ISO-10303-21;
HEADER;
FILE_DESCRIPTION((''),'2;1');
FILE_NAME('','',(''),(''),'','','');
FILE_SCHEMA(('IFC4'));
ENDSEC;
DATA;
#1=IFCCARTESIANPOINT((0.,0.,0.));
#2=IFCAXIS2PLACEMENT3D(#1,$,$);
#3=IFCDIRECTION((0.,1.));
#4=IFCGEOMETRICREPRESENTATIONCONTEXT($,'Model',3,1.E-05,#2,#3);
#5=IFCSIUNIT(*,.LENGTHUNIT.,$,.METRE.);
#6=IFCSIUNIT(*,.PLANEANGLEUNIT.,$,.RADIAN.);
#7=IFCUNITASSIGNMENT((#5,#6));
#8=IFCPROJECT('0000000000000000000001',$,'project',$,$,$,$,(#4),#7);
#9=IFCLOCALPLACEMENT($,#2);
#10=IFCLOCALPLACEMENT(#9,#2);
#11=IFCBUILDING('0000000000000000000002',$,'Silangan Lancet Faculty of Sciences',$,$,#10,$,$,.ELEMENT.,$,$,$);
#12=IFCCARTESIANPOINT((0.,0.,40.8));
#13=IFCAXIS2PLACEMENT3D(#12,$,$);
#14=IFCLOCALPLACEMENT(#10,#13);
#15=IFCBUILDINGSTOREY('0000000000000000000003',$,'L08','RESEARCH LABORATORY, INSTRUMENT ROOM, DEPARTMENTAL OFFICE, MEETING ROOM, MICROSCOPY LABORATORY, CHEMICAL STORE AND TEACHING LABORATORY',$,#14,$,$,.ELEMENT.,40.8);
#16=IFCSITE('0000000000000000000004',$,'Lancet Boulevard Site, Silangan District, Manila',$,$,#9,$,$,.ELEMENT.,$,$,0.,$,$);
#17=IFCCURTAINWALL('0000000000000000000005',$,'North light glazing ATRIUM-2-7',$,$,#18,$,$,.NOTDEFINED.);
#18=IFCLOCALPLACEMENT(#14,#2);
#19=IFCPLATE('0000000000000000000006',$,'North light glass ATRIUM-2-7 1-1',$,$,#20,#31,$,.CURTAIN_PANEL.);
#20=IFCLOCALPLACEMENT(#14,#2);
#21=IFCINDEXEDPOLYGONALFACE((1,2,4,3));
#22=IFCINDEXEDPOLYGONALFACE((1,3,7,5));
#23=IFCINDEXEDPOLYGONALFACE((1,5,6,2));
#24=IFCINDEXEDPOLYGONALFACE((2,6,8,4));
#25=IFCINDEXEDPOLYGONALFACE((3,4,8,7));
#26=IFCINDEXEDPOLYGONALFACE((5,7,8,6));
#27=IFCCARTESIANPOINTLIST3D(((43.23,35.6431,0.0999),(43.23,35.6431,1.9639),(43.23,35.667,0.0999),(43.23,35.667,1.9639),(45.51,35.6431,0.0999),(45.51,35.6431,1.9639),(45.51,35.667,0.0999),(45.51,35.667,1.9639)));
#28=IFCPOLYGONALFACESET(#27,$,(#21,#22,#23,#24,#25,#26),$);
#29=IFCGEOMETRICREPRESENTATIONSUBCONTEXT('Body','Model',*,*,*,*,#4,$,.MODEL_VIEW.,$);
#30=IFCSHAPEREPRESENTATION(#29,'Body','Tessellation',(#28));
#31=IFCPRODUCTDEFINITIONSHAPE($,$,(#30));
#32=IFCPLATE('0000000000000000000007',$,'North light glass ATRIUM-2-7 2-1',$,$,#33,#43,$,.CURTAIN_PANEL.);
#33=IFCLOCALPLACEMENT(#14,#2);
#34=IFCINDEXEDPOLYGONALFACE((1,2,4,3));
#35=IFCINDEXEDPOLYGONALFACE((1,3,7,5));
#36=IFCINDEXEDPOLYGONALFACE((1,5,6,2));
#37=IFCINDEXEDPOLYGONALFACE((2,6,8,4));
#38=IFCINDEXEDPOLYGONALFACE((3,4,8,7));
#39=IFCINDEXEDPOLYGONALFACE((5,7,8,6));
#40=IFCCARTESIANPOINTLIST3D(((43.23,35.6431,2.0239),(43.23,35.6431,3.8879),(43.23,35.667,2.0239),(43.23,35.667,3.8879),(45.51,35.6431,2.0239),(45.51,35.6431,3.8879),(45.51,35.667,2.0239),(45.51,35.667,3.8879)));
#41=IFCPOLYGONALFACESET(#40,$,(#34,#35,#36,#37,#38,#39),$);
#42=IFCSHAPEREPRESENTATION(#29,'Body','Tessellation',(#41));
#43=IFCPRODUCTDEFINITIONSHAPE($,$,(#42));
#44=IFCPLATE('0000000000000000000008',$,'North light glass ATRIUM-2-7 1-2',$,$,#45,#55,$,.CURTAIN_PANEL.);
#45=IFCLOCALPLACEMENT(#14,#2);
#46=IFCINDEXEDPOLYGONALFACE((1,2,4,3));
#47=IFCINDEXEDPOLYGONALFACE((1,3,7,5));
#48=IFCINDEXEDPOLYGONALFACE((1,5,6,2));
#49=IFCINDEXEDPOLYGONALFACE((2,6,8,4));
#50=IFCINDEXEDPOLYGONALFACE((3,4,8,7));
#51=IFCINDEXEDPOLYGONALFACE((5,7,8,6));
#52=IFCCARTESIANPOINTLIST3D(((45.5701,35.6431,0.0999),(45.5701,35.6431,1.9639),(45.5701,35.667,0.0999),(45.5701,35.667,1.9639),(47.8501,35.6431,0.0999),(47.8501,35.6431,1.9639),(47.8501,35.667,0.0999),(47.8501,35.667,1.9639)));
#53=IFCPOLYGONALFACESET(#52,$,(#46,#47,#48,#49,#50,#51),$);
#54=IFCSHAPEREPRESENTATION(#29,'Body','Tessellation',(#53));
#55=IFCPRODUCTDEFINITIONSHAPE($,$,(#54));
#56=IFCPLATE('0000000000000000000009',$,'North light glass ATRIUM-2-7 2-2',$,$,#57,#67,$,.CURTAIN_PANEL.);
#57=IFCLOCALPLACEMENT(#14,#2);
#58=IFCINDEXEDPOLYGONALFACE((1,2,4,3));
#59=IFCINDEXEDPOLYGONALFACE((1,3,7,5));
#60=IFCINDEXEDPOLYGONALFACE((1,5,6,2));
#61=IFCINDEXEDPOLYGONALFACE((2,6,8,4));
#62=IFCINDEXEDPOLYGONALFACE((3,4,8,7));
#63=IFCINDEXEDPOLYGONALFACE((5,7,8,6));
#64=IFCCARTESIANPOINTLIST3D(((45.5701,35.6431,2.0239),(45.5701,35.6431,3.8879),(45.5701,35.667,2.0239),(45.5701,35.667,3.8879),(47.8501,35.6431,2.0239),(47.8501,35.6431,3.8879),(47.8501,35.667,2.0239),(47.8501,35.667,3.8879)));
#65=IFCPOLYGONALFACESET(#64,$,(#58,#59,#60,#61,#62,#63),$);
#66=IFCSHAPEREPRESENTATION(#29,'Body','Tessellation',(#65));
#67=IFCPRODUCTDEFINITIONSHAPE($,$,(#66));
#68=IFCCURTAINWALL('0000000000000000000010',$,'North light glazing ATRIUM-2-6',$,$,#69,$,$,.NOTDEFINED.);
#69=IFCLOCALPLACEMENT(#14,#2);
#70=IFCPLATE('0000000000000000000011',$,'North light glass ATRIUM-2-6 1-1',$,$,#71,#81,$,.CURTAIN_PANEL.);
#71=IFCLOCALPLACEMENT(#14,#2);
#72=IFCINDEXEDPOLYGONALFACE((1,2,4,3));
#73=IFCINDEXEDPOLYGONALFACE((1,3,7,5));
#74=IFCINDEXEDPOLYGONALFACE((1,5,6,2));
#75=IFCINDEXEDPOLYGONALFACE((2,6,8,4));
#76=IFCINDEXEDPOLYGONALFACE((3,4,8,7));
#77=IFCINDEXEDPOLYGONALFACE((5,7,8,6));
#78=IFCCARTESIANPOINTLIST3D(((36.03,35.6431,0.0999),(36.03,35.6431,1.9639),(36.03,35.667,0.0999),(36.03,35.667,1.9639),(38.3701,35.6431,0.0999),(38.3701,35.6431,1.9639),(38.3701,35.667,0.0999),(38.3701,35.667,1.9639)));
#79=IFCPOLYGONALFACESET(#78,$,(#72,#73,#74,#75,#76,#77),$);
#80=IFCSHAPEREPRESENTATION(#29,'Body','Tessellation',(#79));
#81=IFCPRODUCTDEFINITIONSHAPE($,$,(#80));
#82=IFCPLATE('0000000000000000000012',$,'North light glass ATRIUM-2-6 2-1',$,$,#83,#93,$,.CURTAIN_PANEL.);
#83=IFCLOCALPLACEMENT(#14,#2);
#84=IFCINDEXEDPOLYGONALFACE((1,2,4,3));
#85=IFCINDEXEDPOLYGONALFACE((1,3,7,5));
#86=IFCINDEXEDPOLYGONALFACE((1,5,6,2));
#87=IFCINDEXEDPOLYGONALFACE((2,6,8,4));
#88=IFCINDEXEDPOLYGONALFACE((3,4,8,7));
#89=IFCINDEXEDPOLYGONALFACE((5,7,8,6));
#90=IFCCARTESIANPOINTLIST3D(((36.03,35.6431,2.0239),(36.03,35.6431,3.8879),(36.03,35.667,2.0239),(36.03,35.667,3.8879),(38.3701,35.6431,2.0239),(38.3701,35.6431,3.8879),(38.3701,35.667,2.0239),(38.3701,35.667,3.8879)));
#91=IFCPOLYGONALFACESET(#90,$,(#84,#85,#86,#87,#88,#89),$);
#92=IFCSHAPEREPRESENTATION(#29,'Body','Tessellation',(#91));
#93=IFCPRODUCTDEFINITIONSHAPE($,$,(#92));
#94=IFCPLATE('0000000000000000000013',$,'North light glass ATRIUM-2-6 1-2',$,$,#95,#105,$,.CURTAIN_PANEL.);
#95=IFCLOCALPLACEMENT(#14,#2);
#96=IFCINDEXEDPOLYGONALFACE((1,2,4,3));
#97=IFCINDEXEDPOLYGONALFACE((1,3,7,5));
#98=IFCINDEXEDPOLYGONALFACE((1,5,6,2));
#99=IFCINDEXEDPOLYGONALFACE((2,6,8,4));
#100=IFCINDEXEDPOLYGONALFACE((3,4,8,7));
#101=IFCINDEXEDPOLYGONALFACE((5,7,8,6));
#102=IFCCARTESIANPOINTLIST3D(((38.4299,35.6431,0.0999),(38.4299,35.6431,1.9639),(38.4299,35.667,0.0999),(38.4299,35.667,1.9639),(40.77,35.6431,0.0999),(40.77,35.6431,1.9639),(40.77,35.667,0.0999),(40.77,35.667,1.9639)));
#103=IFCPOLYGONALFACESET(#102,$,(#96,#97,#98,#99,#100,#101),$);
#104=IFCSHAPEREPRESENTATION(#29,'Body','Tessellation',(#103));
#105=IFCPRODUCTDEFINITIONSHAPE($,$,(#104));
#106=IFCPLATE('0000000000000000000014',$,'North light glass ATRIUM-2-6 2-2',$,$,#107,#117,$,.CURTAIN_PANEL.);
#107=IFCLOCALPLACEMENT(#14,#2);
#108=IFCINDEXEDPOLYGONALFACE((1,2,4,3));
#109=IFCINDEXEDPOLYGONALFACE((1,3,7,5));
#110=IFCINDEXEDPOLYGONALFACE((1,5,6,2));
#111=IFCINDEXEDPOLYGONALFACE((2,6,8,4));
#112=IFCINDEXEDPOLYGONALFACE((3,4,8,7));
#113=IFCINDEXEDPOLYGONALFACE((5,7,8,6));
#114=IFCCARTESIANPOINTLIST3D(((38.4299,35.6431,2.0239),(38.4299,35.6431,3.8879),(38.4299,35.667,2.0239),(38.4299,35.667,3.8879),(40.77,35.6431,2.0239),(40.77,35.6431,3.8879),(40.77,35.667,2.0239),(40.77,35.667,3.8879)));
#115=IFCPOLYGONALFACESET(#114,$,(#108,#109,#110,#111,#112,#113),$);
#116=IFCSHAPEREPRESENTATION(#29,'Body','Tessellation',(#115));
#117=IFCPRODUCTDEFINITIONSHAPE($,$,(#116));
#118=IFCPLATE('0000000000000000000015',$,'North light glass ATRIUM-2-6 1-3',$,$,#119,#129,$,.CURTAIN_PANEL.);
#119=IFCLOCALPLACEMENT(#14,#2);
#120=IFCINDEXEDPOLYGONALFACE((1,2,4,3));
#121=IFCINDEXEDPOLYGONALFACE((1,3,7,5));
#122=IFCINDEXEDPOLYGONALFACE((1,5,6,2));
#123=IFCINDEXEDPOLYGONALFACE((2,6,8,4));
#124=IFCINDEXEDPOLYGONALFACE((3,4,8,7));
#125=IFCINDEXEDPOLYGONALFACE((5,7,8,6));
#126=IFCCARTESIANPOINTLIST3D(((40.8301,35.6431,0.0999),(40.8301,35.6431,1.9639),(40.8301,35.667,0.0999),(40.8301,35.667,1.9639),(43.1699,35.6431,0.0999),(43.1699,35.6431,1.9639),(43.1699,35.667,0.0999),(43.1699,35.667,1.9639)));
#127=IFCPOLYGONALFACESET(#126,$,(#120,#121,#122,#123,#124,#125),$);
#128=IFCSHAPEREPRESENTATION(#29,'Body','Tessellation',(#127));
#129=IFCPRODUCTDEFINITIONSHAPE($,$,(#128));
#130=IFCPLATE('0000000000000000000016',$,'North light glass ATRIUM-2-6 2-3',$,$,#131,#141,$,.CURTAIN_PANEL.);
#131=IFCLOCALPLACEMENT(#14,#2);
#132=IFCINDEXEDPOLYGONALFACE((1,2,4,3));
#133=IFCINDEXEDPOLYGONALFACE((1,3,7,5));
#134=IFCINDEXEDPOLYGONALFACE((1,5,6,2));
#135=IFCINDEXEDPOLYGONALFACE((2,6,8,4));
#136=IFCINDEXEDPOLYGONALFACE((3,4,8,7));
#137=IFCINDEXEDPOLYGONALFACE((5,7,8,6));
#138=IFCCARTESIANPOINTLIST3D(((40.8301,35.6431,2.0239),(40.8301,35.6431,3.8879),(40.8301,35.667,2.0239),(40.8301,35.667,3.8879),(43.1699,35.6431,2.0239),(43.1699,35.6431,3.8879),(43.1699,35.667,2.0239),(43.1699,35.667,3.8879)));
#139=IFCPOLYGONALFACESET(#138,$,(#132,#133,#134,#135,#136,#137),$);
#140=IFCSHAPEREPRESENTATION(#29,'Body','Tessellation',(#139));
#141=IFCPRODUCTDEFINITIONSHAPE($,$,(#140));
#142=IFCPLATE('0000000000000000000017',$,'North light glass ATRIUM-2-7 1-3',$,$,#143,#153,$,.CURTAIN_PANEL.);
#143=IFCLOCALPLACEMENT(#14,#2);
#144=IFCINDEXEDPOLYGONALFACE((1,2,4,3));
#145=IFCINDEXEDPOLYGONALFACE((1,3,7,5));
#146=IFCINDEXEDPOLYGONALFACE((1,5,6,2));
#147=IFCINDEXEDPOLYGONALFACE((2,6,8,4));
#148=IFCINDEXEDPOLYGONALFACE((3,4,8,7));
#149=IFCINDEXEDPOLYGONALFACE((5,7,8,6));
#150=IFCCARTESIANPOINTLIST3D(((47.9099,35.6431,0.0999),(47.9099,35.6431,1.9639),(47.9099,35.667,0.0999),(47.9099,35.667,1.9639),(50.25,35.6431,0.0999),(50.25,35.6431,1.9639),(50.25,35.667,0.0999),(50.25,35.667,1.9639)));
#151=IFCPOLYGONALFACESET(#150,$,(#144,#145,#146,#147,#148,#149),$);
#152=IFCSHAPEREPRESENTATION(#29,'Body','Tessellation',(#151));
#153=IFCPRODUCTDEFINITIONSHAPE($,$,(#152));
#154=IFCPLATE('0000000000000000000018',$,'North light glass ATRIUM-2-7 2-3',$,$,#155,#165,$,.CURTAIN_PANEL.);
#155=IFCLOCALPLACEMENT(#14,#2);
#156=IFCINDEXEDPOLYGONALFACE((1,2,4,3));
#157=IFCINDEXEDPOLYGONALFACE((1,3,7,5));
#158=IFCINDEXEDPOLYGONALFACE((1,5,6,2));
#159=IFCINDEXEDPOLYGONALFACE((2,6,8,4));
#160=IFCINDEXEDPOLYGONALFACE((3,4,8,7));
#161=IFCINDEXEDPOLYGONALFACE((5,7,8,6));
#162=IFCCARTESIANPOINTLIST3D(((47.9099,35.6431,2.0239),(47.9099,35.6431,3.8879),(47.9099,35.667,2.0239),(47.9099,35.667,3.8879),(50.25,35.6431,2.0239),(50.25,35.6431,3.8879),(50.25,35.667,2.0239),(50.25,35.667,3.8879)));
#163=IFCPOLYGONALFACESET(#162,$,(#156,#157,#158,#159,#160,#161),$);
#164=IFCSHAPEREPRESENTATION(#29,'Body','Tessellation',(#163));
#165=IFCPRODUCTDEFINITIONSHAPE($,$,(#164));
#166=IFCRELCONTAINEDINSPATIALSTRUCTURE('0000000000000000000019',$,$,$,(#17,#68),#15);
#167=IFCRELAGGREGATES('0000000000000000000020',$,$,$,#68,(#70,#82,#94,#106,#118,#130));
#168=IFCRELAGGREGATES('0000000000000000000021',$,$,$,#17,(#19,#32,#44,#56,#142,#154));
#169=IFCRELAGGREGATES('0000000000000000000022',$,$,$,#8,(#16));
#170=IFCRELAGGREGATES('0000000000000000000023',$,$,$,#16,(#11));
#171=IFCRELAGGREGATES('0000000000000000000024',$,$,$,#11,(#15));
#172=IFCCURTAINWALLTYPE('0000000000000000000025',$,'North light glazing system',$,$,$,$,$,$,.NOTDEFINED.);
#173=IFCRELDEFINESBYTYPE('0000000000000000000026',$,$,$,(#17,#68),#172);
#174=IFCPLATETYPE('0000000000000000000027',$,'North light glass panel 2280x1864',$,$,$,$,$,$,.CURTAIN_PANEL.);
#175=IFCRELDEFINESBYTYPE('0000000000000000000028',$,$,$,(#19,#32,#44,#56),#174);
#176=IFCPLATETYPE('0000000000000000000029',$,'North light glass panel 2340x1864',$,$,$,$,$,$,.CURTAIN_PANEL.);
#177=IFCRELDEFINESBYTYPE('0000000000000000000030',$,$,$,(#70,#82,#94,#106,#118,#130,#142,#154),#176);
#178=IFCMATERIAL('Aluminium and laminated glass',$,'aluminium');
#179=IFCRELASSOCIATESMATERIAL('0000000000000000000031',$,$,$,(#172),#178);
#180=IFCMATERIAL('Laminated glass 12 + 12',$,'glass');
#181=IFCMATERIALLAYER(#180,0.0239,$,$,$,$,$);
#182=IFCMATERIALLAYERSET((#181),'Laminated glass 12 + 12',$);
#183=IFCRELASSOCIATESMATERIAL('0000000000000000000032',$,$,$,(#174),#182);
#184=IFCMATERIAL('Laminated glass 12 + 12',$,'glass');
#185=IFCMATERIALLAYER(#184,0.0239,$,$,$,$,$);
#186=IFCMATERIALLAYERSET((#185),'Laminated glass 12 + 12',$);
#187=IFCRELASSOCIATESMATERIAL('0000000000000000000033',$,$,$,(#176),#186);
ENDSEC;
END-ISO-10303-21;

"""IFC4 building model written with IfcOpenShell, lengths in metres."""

from ifc_helpers import new_model, si_unit, direction, frame, origin, place, context, subcontext, project, spatial, polyline, outline, extrude, material, layer, layer_set, type_object, element, aggregate, save


model = new_model("IFC4")

# Units and contexts
model_context = context("Model", 3, precision=1e-05, world=origin(), true_north=direction((0.0, 1.0)))
body_context = subcontext(model_context, "Body", "Model", "MODEL_VIEW")
ifc_project = project(units=[si_unit("LENGTHUNIT", "METRE"), si_unit("PLANEANGLEUNIT", "RADIAN")], contexts=[model_context])

# Site, building, storey
site_placement = place(None, origin())
site = spatial("IfcSite", under=ifc_project, at=site_placement, Name="Lancet Boulevard Site, Silangan District, Manila", CompositionType="ELEMENT", RefElevation=0.0)
building_placement = place(site_placement, origin())
building = spatial("IfcBuilding", under=site, at=building_placement, Name="Silangan Lancet Faculty of Sciences", CompositionType="ELEMENT")
storey_placement = place(building_placement, frame((0.0, 0.0, 40.8)))
storey = spatial("IfcBuildingStorey", under=building, at=storey_placement, Name="L08", Description="RESEARCH LABORATORY, INSTRUMENT ROOM, DEPARTMENTAL OFFICE, MEETING ROOM, MICROSCOPY LABORATORY, CHEMICAL STORE AND TEACHING LABORATORY", CompositionType="ELEMENT", Elevation=40.8)

# Shared definitions
ifc_material_1 = material(Name="Aluminium and laminated glass", Category="aluminium")
curtain_wall_type = type_object("IfcCurtainWallType", Name="North light glazing system", PredefinedType="NOTDEFINED", material=ifc_material_1)

# Curtain walls, plates
curtain_wall_1_placement = place(storey_placement, origin())
curtain_wall_1 = element("IfcCurtainWall", 1, at=curtain_wall_1_placement, inside=storey, type_object=curtain_wall_type, Name="North light glazing ATRIUM-2-7", PredefinedType="NOTDEFINED")
ifc_material_2 = material(Name="Laminated glass 12 + 12", Category="glass")
ifc_layer_1 = layer(ifc_material_2, 0.0239)
ifc_layer_set_1 = layer_set([ifc_layer_1], Name="Laminated glass 12 + 12")
plate_type_1 = type_object("IfcPlateType", Name="North light glass panel 2280x1864", PredefinedType="CURTAIN_PANEL", material=ifc_layer_set_1)
plate_1_placement = place(storey_placement, frame((43.23, 35.6431, 0.0999), z_axis=(0.0, -1.0, 0.0), x_axis=(1.0, 0.0, 0.0)))
plate_1 = element("IfcPlate", 2, at=plate_1_placement, type_object=plate_type_1, Name="North light glass ATRIUM-2-7 1-1", PredefinedType="CURTAIN_PANEL", context=body_context, shape_type="SweptSolid", body=[
    extrude(outline(polyline([(0.0, 0.0), (2.28, 0.0), (2.28, 1.864), (0.0, 1.864), (0.0, 0.0)])), origin(), (0.0, 0.0, -1.0), 0.0239),
])
plate_2_placement = place(storey_placement, frame((43.23, 35.6431, 2.0239), z_axis=(0.0, -1.0, 0.0), x_axis=(1.0, 0.0, 0.0)))
plate_2 = element("IfcPlate", 3, at=plate_2_placement, type_object=plate_type_1, Name="North light glass ATRIUM-2-7 2-1", PredefinedType="CURTAIN_PANEL", context=body_context, shape_type="SweptSolid", body=[
    extrude(outline(polyline([(0.0, 0.0), (2.28, 0.0), (2.28, 1.864), (0.0, 1.864), (0.0, 0.0)])), origin(), (0.0, 0.0, -1.0), 0.0239),
])
plate_3_placement = place(storey_placement, frame((45.5701, 35.6431, 0.0999), z_axis=(0.0, -1.0, 0.0), x_axis=(1.0, 0.0, 0.0)))
plate_3 = element("IfcPlate", 4, at=plate_3_placement, type_object=plate_type_1, Name="North light glass ATRIUM-2-7 1-2", PredefinedType="CURTAIN_PANEL", context=body_context, shape_type="SweptSolid", body=[
    extrude(outline(polyline([(0.0, 0.0), (2.28, 0.0), (2.28, 1.864), (0.0, 1.864), (0.0, 0.0)])), origin(), (0.0, 0.0, -1.0), 0.0239),
])
plate_4_placement = place(storey_placement, frame((45.5701, 35.6431, 2.0239), z_axis=(0.0, -1.0, 0.0), x_axis=(1.0, 0.0, 0.0)))
plate_4 = element("IfcPlate", 5, at=plate_4_placement, type_object=plate_type_1, Name="North light glass ATRIUM-2-7 2-2", PredefinedType="CURTAIN_PANEL", context=body_context, shape_type="SweptSolid", body=[
    extrude(outline(polyline([(0.0, 0.0), (2.28, 0.0), (2.28, 1.864), (0.0, 1.864), (0.0, 0.0)])), origin(), (0.0, 0.0, -1.0), 0.0239),
])
curtain_wall_2_placement = place(storey_placement, origin())
curtain_wall_2 = element("IfcCurtainWall", 6, at=curtain_wall_2_placement, inside=storey, type_object=curtain_wall_type, Name="North light glazing ATRIUM-2-6", PredefinedType="NOTDEFINED")
ifc_material_3 = material(Name="Laminated glass 12 + 12", Category="glass")
ifc_layer_2 = layer(ifc_material_3, 0.0239)
ifc_layer_set_2 = layer_set([ifc_layer_2], Name="Laminated glass 12 + 12")
plate_type_2 = type_object("IfcPlateType", Name="North light glass panel 2340x1864", PredefinedType="CURTAIN_PANEL", material=ifc_layer_set_2)
plate_5_placement = place(storey_placement, frame((36.03, 35.6431, 0.0999), z_axis=(0.0, -1.0, 0.0), x_axis=(1.0, 0.0, 0.0)))
plate_5 = element("IfcPlate", 7, at=plate_5_placement, type_object=plate_type_2, Name="North light glass ATRIUM-2-6 1-1", PredefinedType="CURTAIN_PANEL", context=body_context, shape_type="SweptSolid", body=[
    extrude(outline(polyline([(0.0, 0.0), (2.3401, 0.0), (2.3401, 1.864), (0.0, 1.864), (0.0, 0.0)])), origin(), (0.0, 0.0, -1.0), 0.0239),
])
plate_6_placement = place(storey_placement, frame((36.03, 35.6431, 2.0239), z_axis=(0.0, -1.0, 0.0), x_axis=(1.0, 0.0, 0.0)))
plate_6 = element("IfcPlate", 8, at=plate_6_placement, type_object=plate_type_2, Name="North light glass ATRIUM-2-6 2-1", PredefinedType="CURTAIN_PANEL", context=body_context, shape_type="SweptSolid", body=[
    extrude(outline(polyline([(0.0, 0.0), (2.3401, 0.0), (2.3401, 1.864), (0.0, 1.864), (0.0, 0.0)])), origin(), (0.0, 0.0, -1.0), 0.0239),
])
plate_7_placement = place(storey_placement, frame((38.4299, 35.6431, 0.0999), z_axis=(0.0, -1.0, 0.0), x_axis=(1.0, 0.0, 0.0)))
plate_7 = element("IfcPlate", 9, at=plate_7_placement, type_object=plate_type_2, Name="North light glass ATRIUM-2-6 1-2", PredefinedType="CURTAIN_PANEL", context=body_context, shape_type="SweptSolid", body=[
    extrude(outline(polyline([(0.0, 0.0), (2.3401, 0.0), (2.3401, 1.864), (0.0, 1.864), (0.0, 0.0)])), origin(), (0.0, 0.0, -1.0), 0.0239),
])
plate_8_placement = place(storey_placement, frame((38.4299, 35.6431, 2.0239), z_axis=(0.0, -1.0, 0.0), x_axis=(1.0, 0.0, 0.0)))
plate_8 = element("IfcPlate", 10, at=plate_8_placement, type_object=plate_type_2, Name="North light glass ATRIUM-2-6 2-2", PredefinedType="CURTAIN_PANEL", context=body_context, shape_type="SweptSolid", body=[
    extrude(outline(polyline([(0.0, 0.0), (2.3401, 0.0), (2.3401, 1.864), (0.0, 1.864), (0.0, 0.0)])), origin(), (0.0, 0.0, -1.0), 0.0239),
])
plate_9_placement = place(storey_placement, frame((40.8301, 35.6431, 0.0999), z_axis=(0.0, -1.0, 0.0), x_axis=(1.0, 0.0, 0.0)))
plate_9 = element("IfcPlate", 11, at=plate_9_placement, type_object=plate_type_2, Name="North light glass ATRIUM-2-6 1-3", PredefinedType="CURTAIN_PANEL", context=body_context, shape_type="SweptSolid", body=[
    extrude(outline(polyline([(0.0, 0.0), (2.3398, 0.0), (2.3398, 1.864), (0.0, 1.864), (0.0, 0.0)])), origin(), (0.0, 0.0, -1.0), 0.0239),
])
plate_10_placement = place(storey_placement, frame((40.8301, 35.6431, 2.0239), z_axis=(0.0, -1.0, 0.0), x_axis=(1.0, 0.0, 0.0)))
plate_10 = element("IfcPlate", 12, at=plate_10_placement, type_object=plate_type_2, Name="North light glass ATRIUM-2-6 2-3", PredefinedType="CURTAIN_PANEL", context=body_context, shape_type="SweptSolid", body=[
    extrude(outline(polyline([(0.0, 0.0), (2.3398, 0.0), (2.3398, 1.864), (0.0, 1.864), (0.0, 0.0)])), origin(), (0.0, 0.0, -1.0), 0.0239),
])
aggregate(curtain_wall_2, [plate_5, plate_6, plate_7, plate_8, plate_9, plate_10])

# Plates
plate_11_placement = place(storey_placement, frame((47.9099, 35.6431, 0.0999), z_axis=(0.0, -1.0, 0.0), x_axis=(1.0, 0.0, 0.0)))
plate_11 = element("IfcPlate", 13, at=plate_11_placement, type_object=plate_type_2, Name="North light glass ATRIUM-2-7 1-3", PredefinedType="CURTAIN_PANEL", context=body_context, shape_type="SweptSolid", body=[
    extrude(outline(polyline([(0.0, 0.0), (2.3401, 0.0), (2.3401, 1.864), (0.0, 1.864), (0.0, 0.0)])), origin(), (0.0, 0.0, -1.0), 0.0239),
])
plate_12_placement = place(storey_placement, frame((47.9099, 35.6431, 2.0239), z_axis=(0.0, -1.0, 0.0), x_axis=(1.0, 0.0, 0.0)))
plate_12 = element("IfcPlate", 14, at=plate_12_placement, type_object=plate_type_2, Name="North light glass ATRIUM-2-7 2-3", PredefinedType="CURTAIN_PANEL", context=body_context, shape_type="SweptSolid", body=[
    extrude(outline(polyline([(0.0, 0.0), (2.3401, 0.0), (2.3401, 1.864), (0.0, 1.864), (0.0, 0.0)])), origin(), (0.0, 0.0, -1.0), 0.0239),
])
aggregate(curtain_wall_1, [plate_1, plate_2, plate_3, plate_4, plate_11, plate_12])

save(model, "model.ifc")
